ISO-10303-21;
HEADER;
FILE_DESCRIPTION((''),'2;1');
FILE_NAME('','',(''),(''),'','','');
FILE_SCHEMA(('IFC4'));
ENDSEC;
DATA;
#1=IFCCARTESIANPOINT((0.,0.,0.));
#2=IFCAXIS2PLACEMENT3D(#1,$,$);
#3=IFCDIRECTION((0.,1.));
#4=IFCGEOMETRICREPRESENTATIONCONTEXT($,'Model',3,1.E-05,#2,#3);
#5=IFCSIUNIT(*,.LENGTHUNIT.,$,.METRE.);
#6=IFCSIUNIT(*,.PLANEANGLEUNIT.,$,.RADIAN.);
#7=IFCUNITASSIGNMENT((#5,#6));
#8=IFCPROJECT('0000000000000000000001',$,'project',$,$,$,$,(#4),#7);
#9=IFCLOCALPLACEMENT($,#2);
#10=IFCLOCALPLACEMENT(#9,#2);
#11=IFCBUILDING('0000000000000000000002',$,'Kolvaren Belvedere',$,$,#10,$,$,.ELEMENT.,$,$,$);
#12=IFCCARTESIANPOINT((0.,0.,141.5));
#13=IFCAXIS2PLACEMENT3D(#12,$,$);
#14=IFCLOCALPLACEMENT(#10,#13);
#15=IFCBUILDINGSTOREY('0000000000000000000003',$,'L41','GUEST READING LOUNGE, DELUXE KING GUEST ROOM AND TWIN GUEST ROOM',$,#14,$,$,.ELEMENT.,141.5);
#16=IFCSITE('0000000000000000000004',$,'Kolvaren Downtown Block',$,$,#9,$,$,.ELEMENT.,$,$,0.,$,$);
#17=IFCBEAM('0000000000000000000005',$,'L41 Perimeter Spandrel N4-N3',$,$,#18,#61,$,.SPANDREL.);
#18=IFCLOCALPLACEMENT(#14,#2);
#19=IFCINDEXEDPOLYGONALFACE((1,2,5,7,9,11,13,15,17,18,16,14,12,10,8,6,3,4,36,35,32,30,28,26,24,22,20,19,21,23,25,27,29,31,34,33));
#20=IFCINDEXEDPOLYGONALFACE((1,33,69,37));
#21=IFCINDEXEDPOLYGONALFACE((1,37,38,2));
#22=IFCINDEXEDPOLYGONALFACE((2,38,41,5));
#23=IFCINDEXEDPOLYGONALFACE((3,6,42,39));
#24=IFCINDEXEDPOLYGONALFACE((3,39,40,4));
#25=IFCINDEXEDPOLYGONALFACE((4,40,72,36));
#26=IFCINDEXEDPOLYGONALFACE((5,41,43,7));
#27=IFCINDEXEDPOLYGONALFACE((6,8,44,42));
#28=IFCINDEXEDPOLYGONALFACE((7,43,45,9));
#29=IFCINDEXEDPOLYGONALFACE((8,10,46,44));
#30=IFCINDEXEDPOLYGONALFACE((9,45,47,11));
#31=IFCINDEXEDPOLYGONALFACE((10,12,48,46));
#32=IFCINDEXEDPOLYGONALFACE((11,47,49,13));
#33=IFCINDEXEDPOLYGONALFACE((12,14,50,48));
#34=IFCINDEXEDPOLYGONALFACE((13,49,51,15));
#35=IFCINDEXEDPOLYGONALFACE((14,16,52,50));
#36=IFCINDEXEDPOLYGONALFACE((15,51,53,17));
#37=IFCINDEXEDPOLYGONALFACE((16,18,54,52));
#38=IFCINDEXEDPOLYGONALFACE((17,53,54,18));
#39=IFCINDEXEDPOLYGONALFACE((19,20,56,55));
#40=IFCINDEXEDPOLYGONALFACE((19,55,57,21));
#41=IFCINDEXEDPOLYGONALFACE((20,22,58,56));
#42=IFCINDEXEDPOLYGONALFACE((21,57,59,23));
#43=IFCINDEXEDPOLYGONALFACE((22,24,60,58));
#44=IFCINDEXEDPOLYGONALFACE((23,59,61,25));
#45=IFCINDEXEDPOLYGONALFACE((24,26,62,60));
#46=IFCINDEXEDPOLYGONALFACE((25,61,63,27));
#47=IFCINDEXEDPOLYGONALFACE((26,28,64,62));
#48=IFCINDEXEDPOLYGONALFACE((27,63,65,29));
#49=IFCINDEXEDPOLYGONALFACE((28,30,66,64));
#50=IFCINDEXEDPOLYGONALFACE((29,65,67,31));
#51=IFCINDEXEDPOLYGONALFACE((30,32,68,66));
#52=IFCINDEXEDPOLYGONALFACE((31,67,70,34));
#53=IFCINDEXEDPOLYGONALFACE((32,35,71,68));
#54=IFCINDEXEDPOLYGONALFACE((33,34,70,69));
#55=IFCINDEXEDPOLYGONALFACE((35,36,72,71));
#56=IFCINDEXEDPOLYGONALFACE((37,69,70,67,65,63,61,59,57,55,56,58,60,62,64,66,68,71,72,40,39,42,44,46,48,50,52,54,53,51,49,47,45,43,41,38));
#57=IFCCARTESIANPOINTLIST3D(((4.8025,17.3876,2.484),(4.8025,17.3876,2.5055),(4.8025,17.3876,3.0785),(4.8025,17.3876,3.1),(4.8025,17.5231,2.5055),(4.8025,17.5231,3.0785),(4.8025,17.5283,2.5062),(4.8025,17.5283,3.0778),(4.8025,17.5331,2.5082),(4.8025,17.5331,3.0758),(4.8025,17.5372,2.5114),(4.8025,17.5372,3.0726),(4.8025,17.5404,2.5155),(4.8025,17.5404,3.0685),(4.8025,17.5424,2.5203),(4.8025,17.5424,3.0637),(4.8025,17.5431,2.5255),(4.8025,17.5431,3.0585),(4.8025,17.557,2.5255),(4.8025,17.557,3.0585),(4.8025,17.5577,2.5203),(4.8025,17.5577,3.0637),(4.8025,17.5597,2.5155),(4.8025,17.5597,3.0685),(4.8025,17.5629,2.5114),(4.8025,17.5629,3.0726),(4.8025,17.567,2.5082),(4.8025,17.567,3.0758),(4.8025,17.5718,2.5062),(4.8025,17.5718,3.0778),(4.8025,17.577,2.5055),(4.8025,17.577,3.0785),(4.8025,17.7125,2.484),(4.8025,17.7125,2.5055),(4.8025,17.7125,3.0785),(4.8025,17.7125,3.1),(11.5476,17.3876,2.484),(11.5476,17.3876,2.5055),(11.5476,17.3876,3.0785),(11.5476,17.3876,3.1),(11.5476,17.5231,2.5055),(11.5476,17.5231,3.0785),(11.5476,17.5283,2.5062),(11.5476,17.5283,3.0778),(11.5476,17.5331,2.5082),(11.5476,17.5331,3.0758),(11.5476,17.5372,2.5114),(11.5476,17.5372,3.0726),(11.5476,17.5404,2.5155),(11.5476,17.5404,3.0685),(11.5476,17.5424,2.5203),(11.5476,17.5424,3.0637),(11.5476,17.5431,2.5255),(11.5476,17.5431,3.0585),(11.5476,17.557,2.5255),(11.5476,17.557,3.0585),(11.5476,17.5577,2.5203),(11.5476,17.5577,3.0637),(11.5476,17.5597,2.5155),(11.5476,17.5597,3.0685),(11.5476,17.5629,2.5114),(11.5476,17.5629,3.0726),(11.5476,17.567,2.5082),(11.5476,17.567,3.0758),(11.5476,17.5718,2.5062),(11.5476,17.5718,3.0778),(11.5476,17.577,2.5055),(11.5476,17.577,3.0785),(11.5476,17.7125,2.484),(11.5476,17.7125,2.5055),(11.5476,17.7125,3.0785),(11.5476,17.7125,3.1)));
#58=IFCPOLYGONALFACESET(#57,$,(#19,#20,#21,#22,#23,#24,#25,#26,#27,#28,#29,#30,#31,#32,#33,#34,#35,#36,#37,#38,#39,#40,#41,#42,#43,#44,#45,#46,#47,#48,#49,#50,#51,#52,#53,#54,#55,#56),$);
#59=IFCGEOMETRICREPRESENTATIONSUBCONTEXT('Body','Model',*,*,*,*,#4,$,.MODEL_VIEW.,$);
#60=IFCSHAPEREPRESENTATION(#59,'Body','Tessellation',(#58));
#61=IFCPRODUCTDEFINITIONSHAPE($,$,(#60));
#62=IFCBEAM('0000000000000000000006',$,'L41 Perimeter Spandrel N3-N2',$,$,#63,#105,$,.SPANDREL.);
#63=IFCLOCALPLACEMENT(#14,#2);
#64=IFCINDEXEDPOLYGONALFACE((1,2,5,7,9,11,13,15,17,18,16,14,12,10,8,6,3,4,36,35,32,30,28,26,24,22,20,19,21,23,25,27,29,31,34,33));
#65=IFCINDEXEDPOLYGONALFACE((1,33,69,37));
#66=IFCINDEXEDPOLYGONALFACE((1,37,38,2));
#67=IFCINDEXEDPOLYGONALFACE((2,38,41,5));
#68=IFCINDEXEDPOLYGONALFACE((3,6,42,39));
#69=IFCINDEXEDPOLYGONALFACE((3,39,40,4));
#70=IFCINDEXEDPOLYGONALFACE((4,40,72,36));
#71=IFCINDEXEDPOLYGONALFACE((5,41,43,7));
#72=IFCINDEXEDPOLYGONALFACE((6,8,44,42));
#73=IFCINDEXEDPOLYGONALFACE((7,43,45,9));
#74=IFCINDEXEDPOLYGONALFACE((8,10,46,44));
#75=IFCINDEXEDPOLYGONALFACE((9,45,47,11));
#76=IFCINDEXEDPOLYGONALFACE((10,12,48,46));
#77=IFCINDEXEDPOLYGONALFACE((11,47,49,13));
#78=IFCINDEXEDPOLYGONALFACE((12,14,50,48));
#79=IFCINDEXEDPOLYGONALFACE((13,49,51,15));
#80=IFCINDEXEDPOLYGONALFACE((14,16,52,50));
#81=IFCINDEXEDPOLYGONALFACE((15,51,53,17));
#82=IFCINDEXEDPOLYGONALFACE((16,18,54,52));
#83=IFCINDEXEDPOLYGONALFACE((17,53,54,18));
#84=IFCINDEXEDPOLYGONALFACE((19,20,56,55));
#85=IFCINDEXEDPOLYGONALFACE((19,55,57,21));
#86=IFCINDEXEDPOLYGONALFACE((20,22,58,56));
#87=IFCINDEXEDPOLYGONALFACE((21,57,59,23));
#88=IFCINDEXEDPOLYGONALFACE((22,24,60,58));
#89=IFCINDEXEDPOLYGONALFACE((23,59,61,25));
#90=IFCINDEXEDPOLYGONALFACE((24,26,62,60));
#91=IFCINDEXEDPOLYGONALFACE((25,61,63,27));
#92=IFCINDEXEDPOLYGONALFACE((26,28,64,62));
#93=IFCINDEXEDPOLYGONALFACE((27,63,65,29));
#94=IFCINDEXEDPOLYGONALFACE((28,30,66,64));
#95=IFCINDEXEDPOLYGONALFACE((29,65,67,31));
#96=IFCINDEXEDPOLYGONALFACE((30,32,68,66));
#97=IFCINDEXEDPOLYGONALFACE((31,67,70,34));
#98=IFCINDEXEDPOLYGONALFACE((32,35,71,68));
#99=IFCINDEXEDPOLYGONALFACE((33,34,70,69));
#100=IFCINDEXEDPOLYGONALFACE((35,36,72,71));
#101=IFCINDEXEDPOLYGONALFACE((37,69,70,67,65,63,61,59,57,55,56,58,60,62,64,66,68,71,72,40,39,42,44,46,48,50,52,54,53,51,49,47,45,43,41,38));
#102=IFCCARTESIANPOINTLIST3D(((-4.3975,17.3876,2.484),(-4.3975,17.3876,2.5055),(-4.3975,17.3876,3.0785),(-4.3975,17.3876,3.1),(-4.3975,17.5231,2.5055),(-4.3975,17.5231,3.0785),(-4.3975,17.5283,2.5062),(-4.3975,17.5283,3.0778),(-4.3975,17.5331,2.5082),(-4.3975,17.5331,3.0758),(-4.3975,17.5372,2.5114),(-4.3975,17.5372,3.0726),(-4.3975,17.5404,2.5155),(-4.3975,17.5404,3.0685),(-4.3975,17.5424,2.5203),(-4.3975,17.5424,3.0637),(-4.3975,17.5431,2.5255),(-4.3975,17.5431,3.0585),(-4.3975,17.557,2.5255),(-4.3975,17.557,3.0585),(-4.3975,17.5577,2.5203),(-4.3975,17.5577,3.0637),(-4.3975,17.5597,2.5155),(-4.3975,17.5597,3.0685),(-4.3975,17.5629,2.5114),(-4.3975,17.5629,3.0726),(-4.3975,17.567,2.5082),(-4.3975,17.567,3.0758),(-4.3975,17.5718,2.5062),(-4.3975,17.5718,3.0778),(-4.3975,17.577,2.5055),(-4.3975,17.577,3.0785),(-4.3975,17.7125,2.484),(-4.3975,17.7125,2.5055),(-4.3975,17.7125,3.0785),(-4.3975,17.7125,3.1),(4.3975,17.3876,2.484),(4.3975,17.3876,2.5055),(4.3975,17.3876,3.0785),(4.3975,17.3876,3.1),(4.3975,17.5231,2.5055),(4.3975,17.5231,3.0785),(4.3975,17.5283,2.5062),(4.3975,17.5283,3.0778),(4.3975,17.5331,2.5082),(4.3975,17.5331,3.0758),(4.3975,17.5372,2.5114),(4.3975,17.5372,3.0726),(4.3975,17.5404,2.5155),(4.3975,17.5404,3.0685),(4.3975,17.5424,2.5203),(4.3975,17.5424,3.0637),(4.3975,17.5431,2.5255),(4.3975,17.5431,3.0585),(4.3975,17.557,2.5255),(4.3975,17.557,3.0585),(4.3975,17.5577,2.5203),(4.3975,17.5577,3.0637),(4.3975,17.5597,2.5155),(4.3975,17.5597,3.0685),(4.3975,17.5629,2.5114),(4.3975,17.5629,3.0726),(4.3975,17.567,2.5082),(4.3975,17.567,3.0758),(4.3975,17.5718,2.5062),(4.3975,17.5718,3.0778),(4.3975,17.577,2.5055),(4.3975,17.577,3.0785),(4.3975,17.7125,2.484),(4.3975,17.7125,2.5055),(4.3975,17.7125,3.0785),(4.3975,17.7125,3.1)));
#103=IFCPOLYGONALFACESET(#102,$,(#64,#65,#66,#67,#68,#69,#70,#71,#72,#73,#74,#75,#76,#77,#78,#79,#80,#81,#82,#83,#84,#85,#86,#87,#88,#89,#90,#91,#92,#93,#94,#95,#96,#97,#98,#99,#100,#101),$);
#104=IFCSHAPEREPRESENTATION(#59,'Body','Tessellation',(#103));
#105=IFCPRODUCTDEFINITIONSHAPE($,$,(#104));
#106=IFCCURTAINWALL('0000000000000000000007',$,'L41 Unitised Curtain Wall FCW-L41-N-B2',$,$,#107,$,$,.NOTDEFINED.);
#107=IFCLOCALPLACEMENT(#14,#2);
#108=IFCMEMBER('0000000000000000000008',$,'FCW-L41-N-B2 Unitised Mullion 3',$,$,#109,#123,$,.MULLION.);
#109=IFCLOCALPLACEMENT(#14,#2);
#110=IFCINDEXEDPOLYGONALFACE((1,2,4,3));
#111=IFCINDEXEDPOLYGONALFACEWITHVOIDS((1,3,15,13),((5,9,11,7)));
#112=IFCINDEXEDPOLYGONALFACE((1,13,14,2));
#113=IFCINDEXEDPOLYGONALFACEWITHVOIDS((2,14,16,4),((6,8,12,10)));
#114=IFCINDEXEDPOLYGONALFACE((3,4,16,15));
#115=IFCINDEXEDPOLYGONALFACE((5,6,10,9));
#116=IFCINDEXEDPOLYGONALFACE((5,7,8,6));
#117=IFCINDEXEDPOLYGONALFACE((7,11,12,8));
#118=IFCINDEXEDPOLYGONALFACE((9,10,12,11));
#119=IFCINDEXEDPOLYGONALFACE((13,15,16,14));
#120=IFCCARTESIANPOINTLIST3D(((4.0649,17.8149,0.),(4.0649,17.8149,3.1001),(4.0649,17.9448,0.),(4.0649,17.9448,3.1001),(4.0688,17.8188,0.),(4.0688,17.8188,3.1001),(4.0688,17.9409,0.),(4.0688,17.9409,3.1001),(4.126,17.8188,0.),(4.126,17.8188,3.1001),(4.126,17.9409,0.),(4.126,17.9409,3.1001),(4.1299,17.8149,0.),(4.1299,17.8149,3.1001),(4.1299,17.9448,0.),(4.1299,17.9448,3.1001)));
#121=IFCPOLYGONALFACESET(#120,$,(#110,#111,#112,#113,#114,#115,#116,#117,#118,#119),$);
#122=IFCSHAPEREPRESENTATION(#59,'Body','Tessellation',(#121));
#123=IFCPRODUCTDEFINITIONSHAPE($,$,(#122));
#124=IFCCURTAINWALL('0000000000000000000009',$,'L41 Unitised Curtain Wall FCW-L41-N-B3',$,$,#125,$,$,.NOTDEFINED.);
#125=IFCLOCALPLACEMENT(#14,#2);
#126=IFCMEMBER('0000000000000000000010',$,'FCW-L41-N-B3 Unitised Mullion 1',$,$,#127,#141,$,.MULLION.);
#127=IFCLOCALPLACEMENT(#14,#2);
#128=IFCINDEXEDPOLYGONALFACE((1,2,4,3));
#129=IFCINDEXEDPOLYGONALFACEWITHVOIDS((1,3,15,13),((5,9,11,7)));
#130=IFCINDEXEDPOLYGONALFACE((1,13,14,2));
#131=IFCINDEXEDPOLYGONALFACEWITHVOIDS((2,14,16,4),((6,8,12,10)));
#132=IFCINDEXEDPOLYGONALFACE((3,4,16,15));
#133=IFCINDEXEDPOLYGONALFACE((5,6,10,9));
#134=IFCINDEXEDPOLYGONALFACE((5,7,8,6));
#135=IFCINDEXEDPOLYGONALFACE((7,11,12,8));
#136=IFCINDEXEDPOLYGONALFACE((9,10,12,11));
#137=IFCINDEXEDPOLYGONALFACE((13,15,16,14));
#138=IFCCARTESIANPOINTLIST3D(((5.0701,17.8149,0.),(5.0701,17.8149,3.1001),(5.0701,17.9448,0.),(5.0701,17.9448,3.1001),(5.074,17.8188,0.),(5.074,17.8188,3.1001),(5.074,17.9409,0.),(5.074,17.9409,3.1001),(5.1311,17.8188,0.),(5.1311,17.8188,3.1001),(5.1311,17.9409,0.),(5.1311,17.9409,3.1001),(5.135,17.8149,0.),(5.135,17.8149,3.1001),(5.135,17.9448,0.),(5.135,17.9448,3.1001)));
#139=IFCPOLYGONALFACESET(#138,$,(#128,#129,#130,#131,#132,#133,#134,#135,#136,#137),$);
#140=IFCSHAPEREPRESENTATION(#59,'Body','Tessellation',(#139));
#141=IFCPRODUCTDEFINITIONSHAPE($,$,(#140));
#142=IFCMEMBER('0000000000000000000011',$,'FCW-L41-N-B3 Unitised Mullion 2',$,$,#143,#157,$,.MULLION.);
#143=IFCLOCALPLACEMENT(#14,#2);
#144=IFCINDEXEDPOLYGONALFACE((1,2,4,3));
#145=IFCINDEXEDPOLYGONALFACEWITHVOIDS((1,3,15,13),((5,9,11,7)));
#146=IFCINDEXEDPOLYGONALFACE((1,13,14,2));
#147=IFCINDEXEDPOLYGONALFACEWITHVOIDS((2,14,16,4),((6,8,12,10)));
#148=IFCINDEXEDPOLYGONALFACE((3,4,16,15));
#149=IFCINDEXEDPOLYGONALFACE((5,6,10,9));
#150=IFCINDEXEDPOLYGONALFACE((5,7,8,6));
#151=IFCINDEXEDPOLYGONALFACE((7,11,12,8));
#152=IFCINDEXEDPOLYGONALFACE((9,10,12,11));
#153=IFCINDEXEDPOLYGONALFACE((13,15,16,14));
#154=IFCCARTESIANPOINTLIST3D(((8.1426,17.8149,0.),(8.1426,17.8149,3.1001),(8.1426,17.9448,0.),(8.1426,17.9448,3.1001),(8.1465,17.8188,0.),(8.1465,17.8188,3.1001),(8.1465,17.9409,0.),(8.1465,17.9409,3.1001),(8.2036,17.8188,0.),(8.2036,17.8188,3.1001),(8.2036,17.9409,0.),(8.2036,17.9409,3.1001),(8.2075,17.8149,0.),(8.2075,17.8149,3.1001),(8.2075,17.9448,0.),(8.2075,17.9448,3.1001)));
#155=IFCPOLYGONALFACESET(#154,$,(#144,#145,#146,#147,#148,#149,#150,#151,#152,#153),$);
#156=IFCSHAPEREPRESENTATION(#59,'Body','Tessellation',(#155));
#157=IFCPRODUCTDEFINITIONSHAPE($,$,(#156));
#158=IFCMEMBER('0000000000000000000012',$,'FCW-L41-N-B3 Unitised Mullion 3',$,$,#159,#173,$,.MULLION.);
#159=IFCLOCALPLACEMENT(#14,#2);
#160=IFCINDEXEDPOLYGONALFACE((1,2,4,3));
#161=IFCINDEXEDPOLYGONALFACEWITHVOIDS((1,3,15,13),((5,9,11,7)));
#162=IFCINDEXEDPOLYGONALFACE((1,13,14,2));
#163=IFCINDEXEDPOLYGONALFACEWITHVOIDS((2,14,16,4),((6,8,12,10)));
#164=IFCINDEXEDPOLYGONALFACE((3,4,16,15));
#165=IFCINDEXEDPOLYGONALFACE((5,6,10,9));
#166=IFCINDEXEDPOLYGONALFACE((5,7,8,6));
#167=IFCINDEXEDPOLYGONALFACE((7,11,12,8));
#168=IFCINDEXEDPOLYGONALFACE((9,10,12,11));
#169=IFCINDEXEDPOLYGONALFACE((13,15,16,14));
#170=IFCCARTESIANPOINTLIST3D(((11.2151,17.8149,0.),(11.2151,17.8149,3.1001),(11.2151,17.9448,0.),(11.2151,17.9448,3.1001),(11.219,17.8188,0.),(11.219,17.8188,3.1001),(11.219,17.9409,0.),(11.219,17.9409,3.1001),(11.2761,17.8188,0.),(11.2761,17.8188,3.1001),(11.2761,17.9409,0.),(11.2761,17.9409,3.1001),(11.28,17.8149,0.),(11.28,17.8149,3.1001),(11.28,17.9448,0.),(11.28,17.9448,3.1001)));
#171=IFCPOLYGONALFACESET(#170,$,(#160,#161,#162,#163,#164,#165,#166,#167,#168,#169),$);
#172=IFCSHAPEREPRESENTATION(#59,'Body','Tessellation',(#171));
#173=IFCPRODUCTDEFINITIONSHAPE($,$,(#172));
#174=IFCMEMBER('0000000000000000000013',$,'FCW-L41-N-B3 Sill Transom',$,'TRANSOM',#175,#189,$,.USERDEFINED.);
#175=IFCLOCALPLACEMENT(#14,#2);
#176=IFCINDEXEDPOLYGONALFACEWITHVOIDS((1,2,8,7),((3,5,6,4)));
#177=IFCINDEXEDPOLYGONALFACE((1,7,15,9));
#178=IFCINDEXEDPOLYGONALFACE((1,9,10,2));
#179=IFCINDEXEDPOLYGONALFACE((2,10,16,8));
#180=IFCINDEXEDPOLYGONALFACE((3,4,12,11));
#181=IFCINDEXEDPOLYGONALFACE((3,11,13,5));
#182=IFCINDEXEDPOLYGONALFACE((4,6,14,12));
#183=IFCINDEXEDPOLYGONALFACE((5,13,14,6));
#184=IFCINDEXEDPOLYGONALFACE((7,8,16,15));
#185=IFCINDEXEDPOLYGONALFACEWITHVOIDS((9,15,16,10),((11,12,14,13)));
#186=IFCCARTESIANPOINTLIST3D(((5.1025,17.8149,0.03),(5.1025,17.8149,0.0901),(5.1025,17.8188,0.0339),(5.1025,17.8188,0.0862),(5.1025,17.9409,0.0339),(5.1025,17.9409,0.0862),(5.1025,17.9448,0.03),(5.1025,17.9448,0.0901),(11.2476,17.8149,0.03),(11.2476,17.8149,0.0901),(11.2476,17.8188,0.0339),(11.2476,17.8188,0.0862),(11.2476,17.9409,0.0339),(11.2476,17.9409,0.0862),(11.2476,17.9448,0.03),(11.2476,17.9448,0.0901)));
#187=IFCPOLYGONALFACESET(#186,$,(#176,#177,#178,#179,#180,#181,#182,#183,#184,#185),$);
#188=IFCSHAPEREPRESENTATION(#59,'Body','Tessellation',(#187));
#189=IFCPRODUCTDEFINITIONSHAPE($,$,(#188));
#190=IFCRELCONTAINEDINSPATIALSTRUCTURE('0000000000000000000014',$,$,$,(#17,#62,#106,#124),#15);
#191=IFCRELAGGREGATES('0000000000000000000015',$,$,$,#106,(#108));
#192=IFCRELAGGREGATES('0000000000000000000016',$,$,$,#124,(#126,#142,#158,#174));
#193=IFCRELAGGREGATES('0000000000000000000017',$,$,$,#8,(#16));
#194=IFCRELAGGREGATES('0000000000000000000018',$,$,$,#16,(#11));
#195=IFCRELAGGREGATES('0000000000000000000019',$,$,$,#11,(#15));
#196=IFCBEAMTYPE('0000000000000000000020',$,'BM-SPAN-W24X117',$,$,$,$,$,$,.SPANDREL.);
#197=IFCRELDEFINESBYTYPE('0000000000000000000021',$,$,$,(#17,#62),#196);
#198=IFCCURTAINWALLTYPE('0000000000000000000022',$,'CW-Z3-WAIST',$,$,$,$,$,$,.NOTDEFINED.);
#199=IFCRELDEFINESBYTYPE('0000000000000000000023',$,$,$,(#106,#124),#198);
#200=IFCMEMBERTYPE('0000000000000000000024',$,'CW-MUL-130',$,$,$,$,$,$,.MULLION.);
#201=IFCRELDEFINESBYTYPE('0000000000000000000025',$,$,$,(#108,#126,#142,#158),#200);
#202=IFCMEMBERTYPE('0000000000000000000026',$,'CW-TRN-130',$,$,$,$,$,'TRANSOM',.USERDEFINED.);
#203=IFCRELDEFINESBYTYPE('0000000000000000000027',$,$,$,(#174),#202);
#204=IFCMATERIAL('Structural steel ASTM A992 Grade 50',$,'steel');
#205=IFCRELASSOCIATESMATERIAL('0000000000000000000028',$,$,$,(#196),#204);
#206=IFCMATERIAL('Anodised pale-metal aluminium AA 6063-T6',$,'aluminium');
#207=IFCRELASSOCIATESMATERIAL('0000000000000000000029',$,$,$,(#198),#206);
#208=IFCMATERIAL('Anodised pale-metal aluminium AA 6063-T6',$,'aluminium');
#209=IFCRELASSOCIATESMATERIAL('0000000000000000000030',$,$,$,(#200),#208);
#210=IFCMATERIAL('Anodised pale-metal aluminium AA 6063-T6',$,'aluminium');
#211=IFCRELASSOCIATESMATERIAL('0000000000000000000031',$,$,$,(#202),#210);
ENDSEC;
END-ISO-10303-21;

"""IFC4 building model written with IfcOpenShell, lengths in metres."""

from ifc_helpers import new_model, si_unit, direction, frame, origin, origin_2d, place, context, subcontext, project, spatial, hollow_rectangle, i_section, extrude, material, material_profile, profile_set, type_object, element, aggregate, save


model = new_model("IFC4")

# Units and contexts
model_context = context("Model", 3, precision=1e-05, world=origin(), true_north=direction((0.0, 1.0)))
body_context = subcontext(model_context, "Body", "Model", "MODEL_VIEW")
ifc_project = project(units=[si_unit("LENGTHUNIT", "METRE"), si_unit("PLANEANGLEUNIT", "RADIAN")], contexts=[model_context])

# Site, building, storey
site_placement = place(None, origin())
site = spatial("IfcSite", under=ifc_project, at=site_placement, Name="Kolvaren Downtown Block", CompositionType="ELEMENT", RefElevation=0.0)
building_placement = place(site_placement, origin())
building = spatial("IfcBuilding", under=site, at=building_placement, Name="Kolvaren Belvedere", CompositionType="ELEMENT")
storey_placement = place(building_placement, frame((0.0, 0.0, 141.5)))
storey = spatial("IfcBuildingStorey", under=building, at=storey_placement, Name="L41", Description="GUEST READING LOUNGE, DELUXE KING GUEST ROOM AND TWIN GUEST ROOM", CompositionType="ELEMENT", Elevation=141.5)

# Beams
ifc_material_1 = material(Name="Structural steel ASTM A992 Grade 50", Category="steel")
ifc_material_profile_1 = material_profile(ifc_material_1, i_section(OverallWidth=0.325, OverallDepth=0.616, WebThickness=0.0139, FlangeThickness=0.0215, FilletRadius=0.02, at=origin_2d()), Name="W24X117")
ifc_profile_set_1 = profile_set([ifc_material_profile_1], Name="Structural steel ASTM A992 Grade 50")
beam_type_1 = type_object("IfcBeamType", Name="BM-SPAN-W24X117", PredefinedType="SPANDREL", material=ifc_profile_set_1)
beam_1_placement = place(storey_placement, frame((11.5476, 17.55, 2.792), z_axis=(-1.0, 0.0, 0.0), x_axis=(0.0, -1.0, 0.0)))
element("IfcBeam", 1, at=beam_1_placement, inside=storey, type_object=beam_type_1, Name="L41 Perimeter Spandrel N4-N3", PredefinedType="SPANDREL", context=body_context, shape_type="SweptSolid", body=[
    extrude(i_section(OverallWidth=0.325, OverallDepth=0.616, WebThickness=0.0139, FlangeThickness=0.0215, FilletRadius=0.02, at=origin_2d()), origin(), (0.0, 0.0, 1.0), 6.7451),
])
beam_2_placement = place(storey_placement, frame((4.3975, 17.55, 2.792), z_axis=(-1.0, 0.0, 0.0), x_axis=(0.0, -1.0, 0.0)))
element("IfcBeam", 2, at=beam_2_placement, inside=storey, type_object=beam_type_1, Name="L41 Perimeter Spandrel N3-N2", PredefinedType="SPANDREL", context=body_context, shape_type="SweptSolid", body=[
    extrude(i_section(OverallWidth=0.325, OverallDepth=0.616, WebThickness=0.0139, FlangeThickness=0.0215, FilletRadius=0.02, at=origin_2d()), origin(), (0.0, 0.0, 1.0), 8.7949),
])

# Curtain wall, member
ifc_material_2 = material(Name="Anodised pale-metal aluminium AA 6063-T6", Category="aluminium")
curtain_wall_type = type_object("IfcCurtainWallType", Name="CW-Z3-WAIST", PredefinedType="NOTDEFINED", material=ifc_material_2)
curtain_wall_1_placement = place(storey_placement, origin())
curtain_wall_1 = element("IfcCurtainWall", 3, at=curtain_wall_1_placement, inside=storey, type_object=curtain_wall_type, Name="L41 Unitised Curtain Wall FCW-L41-N-B2", PredefinedType="NOTDEFINED")
ifc_material_3 = material(Name="Anodised pale-metal aluminium AA 6063-T6", Category="aluminium")
ifc_material_profile_2 = material_profile(ifc_material_3, hollow_rectangle(XDim=0.0649, YDim=0.1299, WallThickness=0.0039, at=origin_2d()), Name="ALU-MUL-130X65")
ifc_profile_set_2 = profile_set([ifc_material_profile_2], Name="Anodised pale-metal aluminium AA 6063-T6")
member_type_1 = type_object("IfcMemberType", Name="CW-MUL-130", PredefinedType="MULLION", material=ifc_profile_set_2)
member_1_placement = place(storey_placement, frame((4.0974, 17.8799, 0.0), z_axis=(0.0, 0.0, 1.0), x_axis=(1.0, 0.0, 0.0)))
member_1 = element("IfcMember", 4, at=member_1_placement, type_object=member_type_1, Name="FCW-L41-N-B2 Unitised Mullion 3", PredefinedType="MULLION", context=body_context, shape_type="SweptSolid", body=[
    extrude(hollow_rectangle(XDim=0.0649, YDim=0.1299, WallThickness=0.0039, at=origin_2d()), origin(), (0.0, 0.0, 1.0), 3.1001),
])

# Curtain wall, members
curtain_wall_2_placement = place(storey_placement, origin())
curtain_wall_2 = element("IfcCurtainWall", 5, at=curtain_wall_2_placement, inside=storey, type_object=curtain_wall_type, Name="L41 Unitised Curtain Wall FCW-L41-N-B3", PredefinedType="NOTDEFINED")
member_2_placement = place(storey_placement, frame((5.1025, 17.8799, 0.0), z_axis=(0.0, 0.0, 1.0), x_axis=(1.0, 0.0, 0.0)))
member_2 = element("IfcMember", 6, at=member_2_placement, type_object=member_type_1, Name="FCW-L41-N-B3 Unitised Mullion 1", PredefinedType="MULLION", context=body_context, shape_type="SweptSolid", body=[
    extrude(hollow_rectangle(XDim=0.0649, YDim=0.1299, WallThickness=0.0039, at=origin_2d()), origin(), (0.0, 0.0, 1.0), 3.1001),
])
member_3_placement = place(storey_placement, frame((8.175, 17.8799, 0.0), z_axis=(0.0, 0.0, 1.0), x_axis=(1.0, 0.0, 0.0)))
member_3 = element("IfcMember", 7, at=member_3_placement, type_object=member_type_1, Name="FCW-L41-N-B3 Unitised Mullion 2", PredefinedType="MULLION", context=body_context, shape_type="SweptSolid", body=[
    extrude(hollow_rectangle(XDim=0.0649, YDim=0.1299, WallThickness=0.0039, at=origin_2d()), origin(), (0.0, 0.0, 1.0), 3.1001),
])
member_4_placement = place(storey_placement, frame((11.2476, 17.8799, 0.0), z_axis=(0.0, 0.0, 1.0), x_axis=(1.0, 0.0, 0.0)))
member_4 = element("IfcMember", 8, at=member_4_placement, type_object=member_type_1, Name="FCW-L41-N-B3 Unitised Mullion 3", PredefinedType="MULLION", context=body_context, shape_type="SweptSolid", body=[
    extrude(hollow_rectangle(XDim=0.0649, YDim=0.1299, WallThickness=0.0039, at=origin_2d()), origin(), (0.0, 0.0, 1.0), 3.1001),
])
ifc_material_4 = material(Name="Anodised pale-metal aluminium AA 6063-T6", Category="aluminium")
ifc_material_profile_3 = material_profile(ifc_material_4, hollow_rectangle(XDim=0.0601, YDim=0.1299, WallThickness=0.0039, at=origin_2d()), Name="ALU-TRN-130X60")
ifc_profile_set_3 = profile_set([ifc_material_profile_3], Name="Anodised pale-metal aluminium AA 6063-T6")
member_type_2 = type_object("IfcMemberType", Name="CW-TRN-130", ElementType="TRANSOM", PredefinedType="USERDEFINED", material=ifc_profile_set_3)
member_5_placement = place(storey_placement, frame((5.1025, 17.8799, 0.0601), z_axis=(1.0, 0.0, 0.0), x_axis=(0.0, 0.0, 1.0)))
member_5 = element("IfcMember", 9, at=member_5_placement, type_object=member_type_2, Name="FCW-L41-N-B3 Sill Transom", ObjectType="TRANSOM", PredefinedType="USERDEFINED", context=body_context, shape_type="SweptSolid", body=[
    extrude(hollow_rectangle(XDim=0.0601, YDim=0.1299, WallThickness=0.0039, at=origin_2d()), origin(), (0.0, 0.0, 1.0), 6.145),
])

aggregate(curtain_wall_1, [member_1])
aggregate(curtain_wall_2, [member_2, member_3, member_4, member_5])

save(model, "model.ifc")
